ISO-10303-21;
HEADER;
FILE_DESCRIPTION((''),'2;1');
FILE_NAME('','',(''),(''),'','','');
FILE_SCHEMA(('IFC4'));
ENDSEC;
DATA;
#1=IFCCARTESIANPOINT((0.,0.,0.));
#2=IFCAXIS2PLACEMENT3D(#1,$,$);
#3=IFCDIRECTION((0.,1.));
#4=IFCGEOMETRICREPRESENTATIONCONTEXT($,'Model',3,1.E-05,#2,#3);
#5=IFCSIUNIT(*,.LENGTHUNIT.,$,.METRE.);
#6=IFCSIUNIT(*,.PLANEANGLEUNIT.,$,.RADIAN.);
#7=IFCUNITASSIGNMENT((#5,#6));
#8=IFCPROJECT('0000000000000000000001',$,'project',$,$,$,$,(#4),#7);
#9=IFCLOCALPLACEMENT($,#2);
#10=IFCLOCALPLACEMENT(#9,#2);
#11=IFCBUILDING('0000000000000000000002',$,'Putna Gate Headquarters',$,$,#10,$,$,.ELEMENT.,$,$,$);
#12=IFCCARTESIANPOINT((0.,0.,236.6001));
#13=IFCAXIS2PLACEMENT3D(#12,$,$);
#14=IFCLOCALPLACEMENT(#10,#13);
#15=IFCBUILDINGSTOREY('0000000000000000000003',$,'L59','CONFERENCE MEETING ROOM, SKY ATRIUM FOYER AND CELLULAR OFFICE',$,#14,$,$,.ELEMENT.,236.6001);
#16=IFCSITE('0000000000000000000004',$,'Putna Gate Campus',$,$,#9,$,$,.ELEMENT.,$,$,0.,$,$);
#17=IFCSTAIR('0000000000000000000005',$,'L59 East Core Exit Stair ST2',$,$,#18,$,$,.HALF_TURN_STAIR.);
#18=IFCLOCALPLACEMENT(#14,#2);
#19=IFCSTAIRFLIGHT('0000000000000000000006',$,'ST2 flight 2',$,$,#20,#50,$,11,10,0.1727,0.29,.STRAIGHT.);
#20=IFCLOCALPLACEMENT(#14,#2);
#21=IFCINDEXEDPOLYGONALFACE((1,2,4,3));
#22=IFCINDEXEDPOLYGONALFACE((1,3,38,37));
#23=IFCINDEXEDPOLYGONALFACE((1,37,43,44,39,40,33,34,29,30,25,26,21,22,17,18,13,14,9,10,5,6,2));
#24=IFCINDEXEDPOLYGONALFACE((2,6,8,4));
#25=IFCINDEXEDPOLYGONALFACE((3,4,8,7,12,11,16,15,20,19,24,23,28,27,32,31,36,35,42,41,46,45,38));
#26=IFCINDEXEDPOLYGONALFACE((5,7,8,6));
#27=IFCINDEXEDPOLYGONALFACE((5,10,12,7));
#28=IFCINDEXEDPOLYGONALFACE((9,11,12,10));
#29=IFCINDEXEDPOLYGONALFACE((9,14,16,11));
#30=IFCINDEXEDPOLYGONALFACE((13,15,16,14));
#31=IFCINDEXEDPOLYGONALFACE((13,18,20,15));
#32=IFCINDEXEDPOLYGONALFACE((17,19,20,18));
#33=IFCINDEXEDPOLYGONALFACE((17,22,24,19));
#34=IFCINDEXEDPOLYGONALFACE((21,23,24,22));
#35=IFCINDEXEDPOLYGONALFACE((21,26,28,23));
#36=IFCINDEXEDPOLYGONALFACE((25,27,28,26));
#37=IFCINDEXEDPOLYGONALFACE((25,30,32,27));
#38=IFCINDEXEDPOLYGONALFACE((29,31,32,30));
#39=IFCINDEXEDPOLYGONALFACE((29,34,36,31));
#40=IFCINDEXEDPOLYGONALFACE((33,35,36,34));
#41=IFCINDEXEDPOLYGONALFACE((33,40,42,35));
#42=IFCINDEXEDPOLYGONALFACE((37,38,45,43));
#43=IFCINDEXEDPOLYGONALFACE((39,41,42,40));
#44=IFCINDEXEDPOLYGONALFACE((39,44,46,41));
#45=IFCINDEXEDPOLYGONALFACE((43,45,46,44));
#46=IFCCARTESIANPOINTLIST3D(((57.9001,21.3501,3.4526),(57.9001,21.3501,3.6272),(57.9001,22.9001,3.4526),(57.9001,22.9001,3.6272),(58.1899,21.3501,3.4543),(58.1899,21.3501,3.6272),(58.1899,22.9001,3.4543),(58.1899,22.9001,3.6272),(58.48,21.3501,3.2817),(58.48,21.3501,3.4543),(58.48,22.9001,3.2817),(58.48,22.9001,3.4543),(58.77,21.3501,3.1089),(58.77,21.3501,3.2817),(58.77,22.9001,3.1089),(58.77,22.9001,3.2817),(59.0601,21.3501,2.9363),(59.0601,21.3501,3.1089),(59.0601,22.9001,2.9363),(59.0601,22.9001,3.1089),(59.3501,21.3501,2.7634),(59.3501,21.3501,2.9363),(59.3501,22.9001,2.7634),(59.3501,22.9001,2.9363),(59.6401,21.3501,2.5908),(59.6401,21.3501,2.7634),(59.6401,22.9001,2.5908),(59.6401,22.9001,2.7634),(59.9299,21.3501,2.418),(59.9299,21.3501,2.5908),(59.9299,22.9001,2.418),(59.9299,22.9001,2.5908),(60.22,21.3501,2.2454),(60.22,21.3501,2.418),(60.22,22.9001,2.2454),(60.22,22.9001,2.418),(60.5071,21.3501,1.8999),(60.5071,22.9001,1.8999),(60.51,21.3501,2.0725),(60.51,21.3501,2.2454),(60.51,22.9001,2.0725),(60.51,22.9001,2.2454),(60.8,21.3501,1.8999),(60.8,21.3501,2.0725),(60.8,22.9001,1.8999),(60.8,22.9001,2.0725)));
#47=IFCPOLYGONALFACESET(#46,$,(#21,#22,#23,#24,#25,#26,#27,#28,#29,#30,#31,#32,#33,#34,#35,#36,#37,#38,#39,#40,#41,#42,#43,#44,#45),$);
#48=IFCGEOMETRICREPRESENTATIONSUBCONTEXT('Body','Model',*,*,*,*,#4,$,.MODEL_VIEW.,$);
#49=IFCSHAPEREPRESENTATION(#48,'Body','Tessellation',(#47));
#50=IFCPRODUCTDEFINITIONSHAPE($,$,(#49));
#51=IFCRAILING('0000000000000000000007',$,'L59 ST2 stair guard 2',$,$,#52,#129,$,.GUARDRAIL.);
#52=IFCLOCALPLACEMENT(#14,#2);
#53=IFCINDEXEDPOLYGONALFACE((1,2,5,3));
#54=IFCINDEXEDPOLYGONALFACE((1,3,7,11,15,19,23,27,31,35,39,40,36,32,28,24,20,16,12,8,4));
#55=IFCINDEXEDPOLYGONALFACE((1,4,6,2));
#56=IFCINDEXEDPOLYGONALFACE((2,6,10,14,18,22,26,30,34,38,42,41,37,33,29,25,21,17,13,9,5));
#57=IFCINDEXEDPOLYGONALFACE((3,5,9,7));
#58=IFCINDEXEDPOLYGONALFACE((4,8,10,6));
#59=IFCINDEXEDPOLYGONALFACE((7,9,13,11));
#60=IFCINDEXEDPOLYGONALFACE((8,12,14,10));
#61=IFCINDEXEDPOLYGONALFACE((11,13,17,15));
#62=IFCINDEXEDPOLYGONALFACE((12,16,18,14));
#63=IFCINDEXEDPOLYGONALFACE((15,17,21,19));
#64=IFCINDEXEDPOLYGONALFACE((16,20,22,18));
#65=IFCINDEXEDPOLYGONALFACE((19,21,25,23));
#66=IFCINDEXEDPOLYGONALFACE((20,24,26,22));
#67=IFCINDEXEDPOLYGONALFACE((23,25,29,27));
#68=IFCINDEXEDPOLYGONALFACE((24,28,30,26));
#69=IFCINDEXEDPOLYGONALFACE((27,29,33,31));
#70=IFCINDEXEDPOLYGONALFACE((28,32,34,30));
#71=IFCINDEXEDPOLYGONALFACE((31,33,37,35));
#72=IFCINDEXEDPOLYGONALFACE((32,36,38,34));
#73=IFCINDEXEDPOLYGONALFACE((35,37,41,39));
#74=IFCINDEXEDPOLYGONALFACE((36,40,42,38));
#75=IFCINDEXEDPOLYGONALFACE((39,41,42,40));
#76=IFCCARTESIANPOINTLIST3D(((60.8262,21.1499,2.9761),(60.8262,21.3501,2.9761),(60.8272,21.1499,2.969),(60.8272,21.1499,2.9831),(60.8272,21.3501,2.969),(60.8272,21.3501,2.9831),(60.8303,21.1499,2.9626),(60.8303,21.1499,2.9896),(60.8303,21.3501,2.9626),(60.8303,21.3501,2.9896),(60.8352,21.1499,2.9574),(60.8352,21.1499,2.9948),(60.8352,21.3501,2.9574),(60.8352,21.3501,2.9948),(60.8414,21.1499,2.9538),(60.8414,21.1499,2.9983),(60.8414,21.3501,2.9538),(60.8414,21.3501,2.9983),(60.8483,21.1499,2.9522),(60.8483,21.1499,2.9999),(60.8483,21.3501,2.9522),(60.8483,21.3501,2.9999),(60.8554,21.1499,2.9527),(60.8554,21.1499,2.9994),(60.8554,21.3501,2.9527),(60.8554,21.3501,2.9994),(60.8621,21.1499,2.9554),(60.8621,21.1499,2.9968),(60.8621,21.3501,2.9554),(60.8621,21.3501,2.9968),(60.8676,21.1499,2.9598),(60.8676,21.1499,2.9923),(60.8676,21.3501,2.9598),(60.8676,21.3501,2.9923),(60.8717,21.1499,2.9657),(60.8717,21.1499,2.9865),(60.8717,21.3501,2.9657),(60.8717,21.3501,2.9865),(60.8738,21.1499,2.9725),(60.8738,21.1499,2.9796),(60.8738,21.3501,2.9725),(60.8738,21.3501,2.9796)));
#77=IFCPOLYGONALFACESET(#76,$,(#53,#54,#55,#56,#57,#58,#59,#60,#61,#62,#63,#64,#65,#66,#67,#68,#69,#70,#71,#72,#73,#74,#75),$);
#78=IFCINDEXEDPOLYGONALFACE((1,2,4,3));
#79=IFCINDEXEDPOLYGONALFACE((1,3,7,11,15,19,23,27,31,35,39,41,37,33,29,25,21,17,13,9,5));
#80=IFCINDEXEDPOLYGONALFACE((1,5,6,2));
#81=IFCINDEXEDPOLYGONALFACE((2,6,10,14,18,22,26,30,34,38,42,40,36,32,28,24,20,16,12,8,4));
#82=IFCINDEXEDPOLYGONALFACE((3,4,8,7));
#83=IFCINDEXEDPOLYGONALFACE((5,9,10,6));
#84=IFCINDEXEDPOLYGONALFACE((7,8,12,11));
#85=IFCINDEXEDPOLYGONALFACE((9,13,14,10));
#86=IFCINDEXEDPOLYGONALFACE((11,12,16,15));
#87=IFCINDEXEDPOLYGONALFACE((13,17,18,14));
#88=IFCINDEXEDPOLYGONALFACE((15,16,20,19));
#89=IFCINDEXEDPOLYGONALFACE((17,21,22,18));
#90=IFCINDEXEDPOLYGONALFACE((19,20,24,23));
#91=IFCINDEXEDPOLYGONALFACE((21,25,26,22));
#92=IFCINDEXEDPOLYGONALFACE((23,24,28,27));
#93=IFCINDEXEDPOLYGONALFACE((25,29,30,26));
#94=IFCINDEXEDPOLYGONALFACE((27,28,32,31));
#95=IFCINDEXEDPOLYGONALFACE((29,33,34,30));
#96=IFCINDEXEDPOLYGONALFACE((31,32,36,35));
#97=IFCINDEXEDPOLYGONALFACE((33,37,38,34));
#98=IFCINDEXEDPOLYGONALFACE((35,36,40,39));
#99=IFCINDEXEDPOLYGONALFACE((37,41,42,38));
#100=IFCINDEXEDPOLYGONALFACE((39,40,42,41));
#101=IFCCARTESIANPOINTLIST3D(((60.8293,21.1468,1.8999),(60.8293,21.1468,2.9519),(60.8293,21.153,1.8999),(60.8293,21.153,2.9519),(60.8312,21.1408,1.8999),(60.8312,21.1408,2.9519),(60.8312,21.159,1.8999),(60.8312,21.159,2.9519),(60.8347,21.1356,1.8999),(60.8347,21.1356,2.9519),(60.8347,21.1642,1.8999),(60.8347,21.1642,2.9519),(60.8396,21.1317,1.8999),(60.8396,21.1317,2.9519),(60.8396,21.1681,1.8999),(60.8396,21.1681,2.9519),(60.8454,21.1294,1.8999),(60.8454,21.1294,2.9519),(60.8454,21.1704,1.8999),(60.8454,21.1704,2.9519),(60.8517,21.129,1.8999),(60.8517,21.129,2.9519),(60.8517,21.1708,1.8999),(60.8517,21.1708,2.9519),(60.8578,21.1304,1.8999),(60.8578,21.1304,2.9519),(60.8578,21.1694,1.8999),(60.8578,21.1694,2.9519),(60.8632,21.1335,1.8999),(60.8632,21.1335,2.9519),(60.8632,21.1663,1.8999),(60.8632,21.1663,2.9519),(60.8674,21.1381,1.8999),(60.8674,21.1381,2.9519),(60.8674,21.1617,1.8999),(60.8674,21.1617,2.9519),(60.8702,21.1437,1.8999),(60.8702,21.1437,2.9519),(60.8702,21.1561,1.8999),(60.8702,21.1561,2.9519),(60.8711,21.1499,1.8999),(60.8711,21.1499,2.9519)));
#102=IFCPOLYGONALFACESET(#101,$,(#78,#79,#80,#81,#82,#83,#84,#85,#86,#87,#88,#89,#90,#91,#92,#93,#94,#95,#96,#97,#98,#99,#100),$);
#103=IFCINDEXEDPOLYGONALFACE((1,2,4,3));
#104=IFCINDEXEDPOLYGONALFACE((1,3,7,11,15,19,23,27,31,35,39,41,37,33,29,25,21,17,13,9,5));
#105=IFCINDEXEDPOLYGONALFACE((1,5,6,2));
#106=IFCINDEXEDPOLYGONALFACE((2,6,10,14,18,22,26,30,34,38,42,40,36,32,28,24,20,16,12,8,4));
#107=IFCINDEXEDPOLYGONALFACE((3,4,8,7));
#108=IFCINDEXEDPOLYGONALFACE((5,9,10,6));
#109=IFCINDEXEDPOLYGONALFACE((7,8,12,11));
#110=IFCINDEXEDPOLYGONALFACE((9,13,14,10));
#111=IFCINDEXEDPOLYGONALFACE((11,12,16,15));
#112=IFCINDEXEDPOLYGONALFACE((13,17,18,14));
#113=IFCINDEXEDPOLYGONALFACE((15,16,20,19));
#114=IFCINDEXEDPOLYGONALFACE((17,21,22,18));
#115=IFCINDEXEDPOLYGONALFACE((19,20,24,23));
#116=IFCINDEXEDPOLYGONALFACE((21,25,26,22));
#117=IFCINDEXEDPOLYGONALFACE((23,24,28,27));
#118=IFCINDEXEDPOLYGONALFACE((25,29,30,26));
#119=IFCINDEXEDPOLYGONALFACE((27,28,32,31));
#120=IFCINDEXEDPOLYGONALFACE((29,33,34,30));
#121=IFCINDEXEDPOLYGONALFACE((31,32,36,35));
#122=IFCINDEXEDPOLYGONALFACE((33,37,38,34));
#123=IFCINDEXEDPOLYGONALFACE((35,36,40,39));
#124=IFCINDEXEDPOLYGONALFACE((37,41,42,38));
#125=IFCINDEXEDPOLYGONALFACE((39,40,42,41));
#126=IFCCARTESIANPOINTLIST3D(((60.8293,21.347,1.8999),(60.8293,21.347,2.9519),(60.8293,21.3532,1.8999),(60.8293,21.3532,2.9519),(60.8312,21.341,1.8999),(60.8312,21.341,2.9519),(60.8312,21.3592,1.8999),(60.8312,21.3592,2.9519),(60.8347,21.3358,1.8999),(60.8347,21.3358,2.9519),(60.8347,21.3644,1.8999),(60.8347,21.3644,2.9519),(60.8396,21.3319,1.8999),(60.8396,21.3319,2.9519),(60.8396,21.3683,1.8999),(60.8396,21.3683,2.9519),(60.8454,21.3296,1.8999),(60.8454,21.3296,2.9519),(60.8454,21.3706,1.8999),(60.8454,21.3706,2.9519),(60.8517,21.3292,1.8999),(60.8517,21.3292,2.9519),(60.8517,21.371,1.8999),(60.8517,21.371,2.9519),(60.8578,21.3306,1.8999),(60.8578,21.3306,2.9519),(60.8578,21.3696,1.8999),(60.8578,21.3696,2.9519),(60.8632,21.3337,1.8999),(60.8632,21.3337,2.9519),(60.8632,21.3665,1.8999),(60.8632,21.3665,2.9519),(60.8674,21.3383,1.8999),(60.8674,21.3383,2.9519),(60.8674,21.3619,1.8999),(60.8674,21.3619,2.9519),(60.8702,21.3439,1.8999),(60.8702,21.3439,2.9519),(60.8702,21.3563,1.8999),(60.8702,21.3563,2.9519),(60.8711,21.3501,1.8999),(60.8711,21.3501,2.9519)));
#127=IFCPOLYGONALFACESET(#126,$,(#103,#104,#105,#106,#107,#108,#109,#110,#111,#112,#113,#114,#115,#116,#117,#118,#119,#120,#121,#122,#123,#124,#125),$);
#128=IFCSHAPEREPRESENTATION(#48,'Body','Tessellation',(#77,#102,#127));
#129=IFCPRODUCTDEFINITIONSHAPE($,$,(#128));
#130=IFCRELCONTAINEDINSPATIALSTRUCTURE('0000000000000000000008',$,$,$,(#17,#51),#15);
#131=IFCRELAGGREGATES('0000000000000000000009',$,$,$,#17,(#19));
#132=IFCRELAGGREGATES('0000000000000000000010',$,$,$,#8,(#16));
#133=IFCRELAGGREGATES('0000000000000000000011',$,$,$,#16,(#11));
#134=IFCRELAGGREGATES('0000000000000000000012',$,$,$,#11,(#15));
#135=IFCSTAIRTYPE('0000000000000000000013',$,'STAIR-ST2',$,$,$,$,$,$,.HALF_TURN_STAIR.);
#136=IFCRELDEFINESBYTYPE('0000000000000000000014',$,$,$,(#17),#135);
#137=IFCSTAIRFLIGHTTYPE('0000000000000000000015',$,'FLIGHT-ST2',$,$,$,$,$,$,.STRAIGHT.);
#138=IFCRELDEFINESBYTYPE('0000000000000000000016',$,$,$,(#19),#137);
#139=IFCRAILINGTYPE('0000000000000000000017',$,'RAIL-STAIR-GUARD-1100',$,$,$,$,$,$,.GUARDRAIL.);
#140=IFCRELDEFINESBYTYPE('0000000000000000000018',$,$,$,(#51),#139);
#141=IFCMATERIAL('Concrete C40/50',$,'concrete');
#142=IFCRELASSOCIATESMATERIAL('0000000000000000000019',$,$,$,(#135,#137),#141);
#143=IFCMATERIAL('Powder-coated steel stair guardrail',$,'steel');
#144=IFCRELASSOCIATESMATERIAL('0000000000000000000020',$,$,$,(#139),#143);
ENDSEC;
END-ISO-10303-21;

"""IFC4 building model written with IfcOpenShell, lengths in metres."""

from ifc_helpers import new_model, si_unit, direction, frame, origin, origin_2d, place, context, subcontext, project, spatial, polyline, circle, outline, extrude, material, type_object, element, aggregate, save


model = new_model("IFC4")

# Units and contexts
model_context = context("Model", 3, precision=1e-05, world=origin(), true_north=direction((0.0, 1.0)))
body_context = subcontext(model_context, "Body", "Model", "MODEL_VIEW")
ifc_project = project(units=[si_unit("LENGTHUNIT", "METRE"), si_unit("PLANEANGLEUNIT", "RADIAN")], contexts=[model_context])

# Site, building, storey
site_placement = place(None, origin())
site = spatial("IfcSite", under=ifc_project, at=site_placement, Name="Putna Gate Campus", CompositionType="ELEMENT", RefElevation=0.0)
building_placement = place(site_placement, origin())
building = spatial("IfcBuilding", under=site, at=building_placement, Name="Putna Gate Headquarters", CompositionType="ELEMENT")
storey_placement = place(building_placement, frame((0.0, 0.0, 236.6001)))
storey = spatial("IfcBuildingStorey", under=building, at=storey_placement, Name="L59", Description="CONFERENCE MEETING ROOM, SKY ATRIUM FOYER AND CELLULAR OFFICE", CompositionType="ELEMENT", Elevation=236.6001)

# Shared definitions
ifc_material_1 = material(Name="Concrete C40/50", Category="concrete")

# Stair, stair flight
stair_type = type_object("IfcStairType", Name="STAIR-ST2", PredefinedType="HALF_TURN_STAIR", material=ifc_material_1)
stair_placement = place(storey_placement, origin())
stair = element("IfcStair", 1, at=stair_placement, inside=storey, type_object=stair_type, Name="L59 East Core Exit Stair ST2", PredefinedType="HALF_TURN_STAIR")
stair_flight_type = type_object("IfcStairFlightType", Name="FLIGHT-ST2", PredefinedType="STRAIGHT", material=ifc_material_1)
stair_flight_placement = place(storey_placement, frame((60.8, 22.125, 1.8999), z_axis=(0.0, 0.0, 1.0), x_axis=(-1.0, 0.0, 0.0)))
stair_flight = element("IfcStairFlight", 2, at=stair_flight_placement, type_object=stair_flight_type, Name="ST2 flight 2", NumberOfRisers=11, NumberOfTreads=10, PredefinedType="STRAIGHT", RiserHeight=0.1727, TreadLength=0.29, context=body_context, shape_type="SweptSolid", body=[
    extrude(outline(polyline([(0.0, 0.0), (0.0, 0.1726), (0.29, 0.1726), (0.29, 0.3455), (0.5801, 0.3455), (0.5801, 0.5181), (0.8701, 0.5181), (0.8701, 0.6909), (1.1599, 0.6909), (1.1599, 0.8635), (1.45, 0.8635), (1.45, 1.0364), (1.74, 1.0364), (1.74, 1.209), (2.03, 1.209), (2.03, 1.3818), (2.3201, 1.3818), (2.3201, 1.5544), (2.6101, 1.5544), (2.6101, 1.7273), (2.8999, 1.7273), (2.8999, 1.8999), (2.8999, 1.5527), (0.293, 0.0), (0.0, 0.0)])), frame((0.0, 0.7749, 0.0), z_axis=(0.0, -1.0, 0.0), x_axis=(1.0, 0.0, 0.0)), (0.0, 0.0, 1.0), 1.55),
])
aggregate(stair, [stair_flight])

# Railing
ifc_material_2 = material(Name="Powder-coated steel stair guardrail", Category="steel")
railing_type_1 = type_object("IfcRailingType", Name="RAIL-STAIR-GUARD-1100", PredefinedType="GUARDRAIL", material=ifc_material_2)
railing_1_placement = place(storey_placement, frame((60.8501, 21.1499, 1.8999)))
element("IfcRailing", 3, at=railing_1_placement, inside=storey, type_object=railing_type_1, Name="L59 ST2 stair guard 2", PredefinedType="GUARDRAIL", context=body_context, shape_type="SweptSolid", body=[
    extrude(circle(Radius=0.0239, at=origin_2d()), frame((0.0, 0.0, 1.0762), z_axis=(0.0, 1.0, 0.0), x_axis=(-1.0, 0.0, 0.0)), (0.0, 0.0, 1.0), 0.2002),
    extrude(circle(Radius=0.021, at=origin_2d()), origin(), (0.0, 0.0, 1.0), 1.052),
    extrude(circle(Radius=0.021, at=origin_2d()), frame((0.0, 0.2002, 0.0)), (0.0, 0.0, 1.0), 1.052),
])

save(model, "model.ifc")
